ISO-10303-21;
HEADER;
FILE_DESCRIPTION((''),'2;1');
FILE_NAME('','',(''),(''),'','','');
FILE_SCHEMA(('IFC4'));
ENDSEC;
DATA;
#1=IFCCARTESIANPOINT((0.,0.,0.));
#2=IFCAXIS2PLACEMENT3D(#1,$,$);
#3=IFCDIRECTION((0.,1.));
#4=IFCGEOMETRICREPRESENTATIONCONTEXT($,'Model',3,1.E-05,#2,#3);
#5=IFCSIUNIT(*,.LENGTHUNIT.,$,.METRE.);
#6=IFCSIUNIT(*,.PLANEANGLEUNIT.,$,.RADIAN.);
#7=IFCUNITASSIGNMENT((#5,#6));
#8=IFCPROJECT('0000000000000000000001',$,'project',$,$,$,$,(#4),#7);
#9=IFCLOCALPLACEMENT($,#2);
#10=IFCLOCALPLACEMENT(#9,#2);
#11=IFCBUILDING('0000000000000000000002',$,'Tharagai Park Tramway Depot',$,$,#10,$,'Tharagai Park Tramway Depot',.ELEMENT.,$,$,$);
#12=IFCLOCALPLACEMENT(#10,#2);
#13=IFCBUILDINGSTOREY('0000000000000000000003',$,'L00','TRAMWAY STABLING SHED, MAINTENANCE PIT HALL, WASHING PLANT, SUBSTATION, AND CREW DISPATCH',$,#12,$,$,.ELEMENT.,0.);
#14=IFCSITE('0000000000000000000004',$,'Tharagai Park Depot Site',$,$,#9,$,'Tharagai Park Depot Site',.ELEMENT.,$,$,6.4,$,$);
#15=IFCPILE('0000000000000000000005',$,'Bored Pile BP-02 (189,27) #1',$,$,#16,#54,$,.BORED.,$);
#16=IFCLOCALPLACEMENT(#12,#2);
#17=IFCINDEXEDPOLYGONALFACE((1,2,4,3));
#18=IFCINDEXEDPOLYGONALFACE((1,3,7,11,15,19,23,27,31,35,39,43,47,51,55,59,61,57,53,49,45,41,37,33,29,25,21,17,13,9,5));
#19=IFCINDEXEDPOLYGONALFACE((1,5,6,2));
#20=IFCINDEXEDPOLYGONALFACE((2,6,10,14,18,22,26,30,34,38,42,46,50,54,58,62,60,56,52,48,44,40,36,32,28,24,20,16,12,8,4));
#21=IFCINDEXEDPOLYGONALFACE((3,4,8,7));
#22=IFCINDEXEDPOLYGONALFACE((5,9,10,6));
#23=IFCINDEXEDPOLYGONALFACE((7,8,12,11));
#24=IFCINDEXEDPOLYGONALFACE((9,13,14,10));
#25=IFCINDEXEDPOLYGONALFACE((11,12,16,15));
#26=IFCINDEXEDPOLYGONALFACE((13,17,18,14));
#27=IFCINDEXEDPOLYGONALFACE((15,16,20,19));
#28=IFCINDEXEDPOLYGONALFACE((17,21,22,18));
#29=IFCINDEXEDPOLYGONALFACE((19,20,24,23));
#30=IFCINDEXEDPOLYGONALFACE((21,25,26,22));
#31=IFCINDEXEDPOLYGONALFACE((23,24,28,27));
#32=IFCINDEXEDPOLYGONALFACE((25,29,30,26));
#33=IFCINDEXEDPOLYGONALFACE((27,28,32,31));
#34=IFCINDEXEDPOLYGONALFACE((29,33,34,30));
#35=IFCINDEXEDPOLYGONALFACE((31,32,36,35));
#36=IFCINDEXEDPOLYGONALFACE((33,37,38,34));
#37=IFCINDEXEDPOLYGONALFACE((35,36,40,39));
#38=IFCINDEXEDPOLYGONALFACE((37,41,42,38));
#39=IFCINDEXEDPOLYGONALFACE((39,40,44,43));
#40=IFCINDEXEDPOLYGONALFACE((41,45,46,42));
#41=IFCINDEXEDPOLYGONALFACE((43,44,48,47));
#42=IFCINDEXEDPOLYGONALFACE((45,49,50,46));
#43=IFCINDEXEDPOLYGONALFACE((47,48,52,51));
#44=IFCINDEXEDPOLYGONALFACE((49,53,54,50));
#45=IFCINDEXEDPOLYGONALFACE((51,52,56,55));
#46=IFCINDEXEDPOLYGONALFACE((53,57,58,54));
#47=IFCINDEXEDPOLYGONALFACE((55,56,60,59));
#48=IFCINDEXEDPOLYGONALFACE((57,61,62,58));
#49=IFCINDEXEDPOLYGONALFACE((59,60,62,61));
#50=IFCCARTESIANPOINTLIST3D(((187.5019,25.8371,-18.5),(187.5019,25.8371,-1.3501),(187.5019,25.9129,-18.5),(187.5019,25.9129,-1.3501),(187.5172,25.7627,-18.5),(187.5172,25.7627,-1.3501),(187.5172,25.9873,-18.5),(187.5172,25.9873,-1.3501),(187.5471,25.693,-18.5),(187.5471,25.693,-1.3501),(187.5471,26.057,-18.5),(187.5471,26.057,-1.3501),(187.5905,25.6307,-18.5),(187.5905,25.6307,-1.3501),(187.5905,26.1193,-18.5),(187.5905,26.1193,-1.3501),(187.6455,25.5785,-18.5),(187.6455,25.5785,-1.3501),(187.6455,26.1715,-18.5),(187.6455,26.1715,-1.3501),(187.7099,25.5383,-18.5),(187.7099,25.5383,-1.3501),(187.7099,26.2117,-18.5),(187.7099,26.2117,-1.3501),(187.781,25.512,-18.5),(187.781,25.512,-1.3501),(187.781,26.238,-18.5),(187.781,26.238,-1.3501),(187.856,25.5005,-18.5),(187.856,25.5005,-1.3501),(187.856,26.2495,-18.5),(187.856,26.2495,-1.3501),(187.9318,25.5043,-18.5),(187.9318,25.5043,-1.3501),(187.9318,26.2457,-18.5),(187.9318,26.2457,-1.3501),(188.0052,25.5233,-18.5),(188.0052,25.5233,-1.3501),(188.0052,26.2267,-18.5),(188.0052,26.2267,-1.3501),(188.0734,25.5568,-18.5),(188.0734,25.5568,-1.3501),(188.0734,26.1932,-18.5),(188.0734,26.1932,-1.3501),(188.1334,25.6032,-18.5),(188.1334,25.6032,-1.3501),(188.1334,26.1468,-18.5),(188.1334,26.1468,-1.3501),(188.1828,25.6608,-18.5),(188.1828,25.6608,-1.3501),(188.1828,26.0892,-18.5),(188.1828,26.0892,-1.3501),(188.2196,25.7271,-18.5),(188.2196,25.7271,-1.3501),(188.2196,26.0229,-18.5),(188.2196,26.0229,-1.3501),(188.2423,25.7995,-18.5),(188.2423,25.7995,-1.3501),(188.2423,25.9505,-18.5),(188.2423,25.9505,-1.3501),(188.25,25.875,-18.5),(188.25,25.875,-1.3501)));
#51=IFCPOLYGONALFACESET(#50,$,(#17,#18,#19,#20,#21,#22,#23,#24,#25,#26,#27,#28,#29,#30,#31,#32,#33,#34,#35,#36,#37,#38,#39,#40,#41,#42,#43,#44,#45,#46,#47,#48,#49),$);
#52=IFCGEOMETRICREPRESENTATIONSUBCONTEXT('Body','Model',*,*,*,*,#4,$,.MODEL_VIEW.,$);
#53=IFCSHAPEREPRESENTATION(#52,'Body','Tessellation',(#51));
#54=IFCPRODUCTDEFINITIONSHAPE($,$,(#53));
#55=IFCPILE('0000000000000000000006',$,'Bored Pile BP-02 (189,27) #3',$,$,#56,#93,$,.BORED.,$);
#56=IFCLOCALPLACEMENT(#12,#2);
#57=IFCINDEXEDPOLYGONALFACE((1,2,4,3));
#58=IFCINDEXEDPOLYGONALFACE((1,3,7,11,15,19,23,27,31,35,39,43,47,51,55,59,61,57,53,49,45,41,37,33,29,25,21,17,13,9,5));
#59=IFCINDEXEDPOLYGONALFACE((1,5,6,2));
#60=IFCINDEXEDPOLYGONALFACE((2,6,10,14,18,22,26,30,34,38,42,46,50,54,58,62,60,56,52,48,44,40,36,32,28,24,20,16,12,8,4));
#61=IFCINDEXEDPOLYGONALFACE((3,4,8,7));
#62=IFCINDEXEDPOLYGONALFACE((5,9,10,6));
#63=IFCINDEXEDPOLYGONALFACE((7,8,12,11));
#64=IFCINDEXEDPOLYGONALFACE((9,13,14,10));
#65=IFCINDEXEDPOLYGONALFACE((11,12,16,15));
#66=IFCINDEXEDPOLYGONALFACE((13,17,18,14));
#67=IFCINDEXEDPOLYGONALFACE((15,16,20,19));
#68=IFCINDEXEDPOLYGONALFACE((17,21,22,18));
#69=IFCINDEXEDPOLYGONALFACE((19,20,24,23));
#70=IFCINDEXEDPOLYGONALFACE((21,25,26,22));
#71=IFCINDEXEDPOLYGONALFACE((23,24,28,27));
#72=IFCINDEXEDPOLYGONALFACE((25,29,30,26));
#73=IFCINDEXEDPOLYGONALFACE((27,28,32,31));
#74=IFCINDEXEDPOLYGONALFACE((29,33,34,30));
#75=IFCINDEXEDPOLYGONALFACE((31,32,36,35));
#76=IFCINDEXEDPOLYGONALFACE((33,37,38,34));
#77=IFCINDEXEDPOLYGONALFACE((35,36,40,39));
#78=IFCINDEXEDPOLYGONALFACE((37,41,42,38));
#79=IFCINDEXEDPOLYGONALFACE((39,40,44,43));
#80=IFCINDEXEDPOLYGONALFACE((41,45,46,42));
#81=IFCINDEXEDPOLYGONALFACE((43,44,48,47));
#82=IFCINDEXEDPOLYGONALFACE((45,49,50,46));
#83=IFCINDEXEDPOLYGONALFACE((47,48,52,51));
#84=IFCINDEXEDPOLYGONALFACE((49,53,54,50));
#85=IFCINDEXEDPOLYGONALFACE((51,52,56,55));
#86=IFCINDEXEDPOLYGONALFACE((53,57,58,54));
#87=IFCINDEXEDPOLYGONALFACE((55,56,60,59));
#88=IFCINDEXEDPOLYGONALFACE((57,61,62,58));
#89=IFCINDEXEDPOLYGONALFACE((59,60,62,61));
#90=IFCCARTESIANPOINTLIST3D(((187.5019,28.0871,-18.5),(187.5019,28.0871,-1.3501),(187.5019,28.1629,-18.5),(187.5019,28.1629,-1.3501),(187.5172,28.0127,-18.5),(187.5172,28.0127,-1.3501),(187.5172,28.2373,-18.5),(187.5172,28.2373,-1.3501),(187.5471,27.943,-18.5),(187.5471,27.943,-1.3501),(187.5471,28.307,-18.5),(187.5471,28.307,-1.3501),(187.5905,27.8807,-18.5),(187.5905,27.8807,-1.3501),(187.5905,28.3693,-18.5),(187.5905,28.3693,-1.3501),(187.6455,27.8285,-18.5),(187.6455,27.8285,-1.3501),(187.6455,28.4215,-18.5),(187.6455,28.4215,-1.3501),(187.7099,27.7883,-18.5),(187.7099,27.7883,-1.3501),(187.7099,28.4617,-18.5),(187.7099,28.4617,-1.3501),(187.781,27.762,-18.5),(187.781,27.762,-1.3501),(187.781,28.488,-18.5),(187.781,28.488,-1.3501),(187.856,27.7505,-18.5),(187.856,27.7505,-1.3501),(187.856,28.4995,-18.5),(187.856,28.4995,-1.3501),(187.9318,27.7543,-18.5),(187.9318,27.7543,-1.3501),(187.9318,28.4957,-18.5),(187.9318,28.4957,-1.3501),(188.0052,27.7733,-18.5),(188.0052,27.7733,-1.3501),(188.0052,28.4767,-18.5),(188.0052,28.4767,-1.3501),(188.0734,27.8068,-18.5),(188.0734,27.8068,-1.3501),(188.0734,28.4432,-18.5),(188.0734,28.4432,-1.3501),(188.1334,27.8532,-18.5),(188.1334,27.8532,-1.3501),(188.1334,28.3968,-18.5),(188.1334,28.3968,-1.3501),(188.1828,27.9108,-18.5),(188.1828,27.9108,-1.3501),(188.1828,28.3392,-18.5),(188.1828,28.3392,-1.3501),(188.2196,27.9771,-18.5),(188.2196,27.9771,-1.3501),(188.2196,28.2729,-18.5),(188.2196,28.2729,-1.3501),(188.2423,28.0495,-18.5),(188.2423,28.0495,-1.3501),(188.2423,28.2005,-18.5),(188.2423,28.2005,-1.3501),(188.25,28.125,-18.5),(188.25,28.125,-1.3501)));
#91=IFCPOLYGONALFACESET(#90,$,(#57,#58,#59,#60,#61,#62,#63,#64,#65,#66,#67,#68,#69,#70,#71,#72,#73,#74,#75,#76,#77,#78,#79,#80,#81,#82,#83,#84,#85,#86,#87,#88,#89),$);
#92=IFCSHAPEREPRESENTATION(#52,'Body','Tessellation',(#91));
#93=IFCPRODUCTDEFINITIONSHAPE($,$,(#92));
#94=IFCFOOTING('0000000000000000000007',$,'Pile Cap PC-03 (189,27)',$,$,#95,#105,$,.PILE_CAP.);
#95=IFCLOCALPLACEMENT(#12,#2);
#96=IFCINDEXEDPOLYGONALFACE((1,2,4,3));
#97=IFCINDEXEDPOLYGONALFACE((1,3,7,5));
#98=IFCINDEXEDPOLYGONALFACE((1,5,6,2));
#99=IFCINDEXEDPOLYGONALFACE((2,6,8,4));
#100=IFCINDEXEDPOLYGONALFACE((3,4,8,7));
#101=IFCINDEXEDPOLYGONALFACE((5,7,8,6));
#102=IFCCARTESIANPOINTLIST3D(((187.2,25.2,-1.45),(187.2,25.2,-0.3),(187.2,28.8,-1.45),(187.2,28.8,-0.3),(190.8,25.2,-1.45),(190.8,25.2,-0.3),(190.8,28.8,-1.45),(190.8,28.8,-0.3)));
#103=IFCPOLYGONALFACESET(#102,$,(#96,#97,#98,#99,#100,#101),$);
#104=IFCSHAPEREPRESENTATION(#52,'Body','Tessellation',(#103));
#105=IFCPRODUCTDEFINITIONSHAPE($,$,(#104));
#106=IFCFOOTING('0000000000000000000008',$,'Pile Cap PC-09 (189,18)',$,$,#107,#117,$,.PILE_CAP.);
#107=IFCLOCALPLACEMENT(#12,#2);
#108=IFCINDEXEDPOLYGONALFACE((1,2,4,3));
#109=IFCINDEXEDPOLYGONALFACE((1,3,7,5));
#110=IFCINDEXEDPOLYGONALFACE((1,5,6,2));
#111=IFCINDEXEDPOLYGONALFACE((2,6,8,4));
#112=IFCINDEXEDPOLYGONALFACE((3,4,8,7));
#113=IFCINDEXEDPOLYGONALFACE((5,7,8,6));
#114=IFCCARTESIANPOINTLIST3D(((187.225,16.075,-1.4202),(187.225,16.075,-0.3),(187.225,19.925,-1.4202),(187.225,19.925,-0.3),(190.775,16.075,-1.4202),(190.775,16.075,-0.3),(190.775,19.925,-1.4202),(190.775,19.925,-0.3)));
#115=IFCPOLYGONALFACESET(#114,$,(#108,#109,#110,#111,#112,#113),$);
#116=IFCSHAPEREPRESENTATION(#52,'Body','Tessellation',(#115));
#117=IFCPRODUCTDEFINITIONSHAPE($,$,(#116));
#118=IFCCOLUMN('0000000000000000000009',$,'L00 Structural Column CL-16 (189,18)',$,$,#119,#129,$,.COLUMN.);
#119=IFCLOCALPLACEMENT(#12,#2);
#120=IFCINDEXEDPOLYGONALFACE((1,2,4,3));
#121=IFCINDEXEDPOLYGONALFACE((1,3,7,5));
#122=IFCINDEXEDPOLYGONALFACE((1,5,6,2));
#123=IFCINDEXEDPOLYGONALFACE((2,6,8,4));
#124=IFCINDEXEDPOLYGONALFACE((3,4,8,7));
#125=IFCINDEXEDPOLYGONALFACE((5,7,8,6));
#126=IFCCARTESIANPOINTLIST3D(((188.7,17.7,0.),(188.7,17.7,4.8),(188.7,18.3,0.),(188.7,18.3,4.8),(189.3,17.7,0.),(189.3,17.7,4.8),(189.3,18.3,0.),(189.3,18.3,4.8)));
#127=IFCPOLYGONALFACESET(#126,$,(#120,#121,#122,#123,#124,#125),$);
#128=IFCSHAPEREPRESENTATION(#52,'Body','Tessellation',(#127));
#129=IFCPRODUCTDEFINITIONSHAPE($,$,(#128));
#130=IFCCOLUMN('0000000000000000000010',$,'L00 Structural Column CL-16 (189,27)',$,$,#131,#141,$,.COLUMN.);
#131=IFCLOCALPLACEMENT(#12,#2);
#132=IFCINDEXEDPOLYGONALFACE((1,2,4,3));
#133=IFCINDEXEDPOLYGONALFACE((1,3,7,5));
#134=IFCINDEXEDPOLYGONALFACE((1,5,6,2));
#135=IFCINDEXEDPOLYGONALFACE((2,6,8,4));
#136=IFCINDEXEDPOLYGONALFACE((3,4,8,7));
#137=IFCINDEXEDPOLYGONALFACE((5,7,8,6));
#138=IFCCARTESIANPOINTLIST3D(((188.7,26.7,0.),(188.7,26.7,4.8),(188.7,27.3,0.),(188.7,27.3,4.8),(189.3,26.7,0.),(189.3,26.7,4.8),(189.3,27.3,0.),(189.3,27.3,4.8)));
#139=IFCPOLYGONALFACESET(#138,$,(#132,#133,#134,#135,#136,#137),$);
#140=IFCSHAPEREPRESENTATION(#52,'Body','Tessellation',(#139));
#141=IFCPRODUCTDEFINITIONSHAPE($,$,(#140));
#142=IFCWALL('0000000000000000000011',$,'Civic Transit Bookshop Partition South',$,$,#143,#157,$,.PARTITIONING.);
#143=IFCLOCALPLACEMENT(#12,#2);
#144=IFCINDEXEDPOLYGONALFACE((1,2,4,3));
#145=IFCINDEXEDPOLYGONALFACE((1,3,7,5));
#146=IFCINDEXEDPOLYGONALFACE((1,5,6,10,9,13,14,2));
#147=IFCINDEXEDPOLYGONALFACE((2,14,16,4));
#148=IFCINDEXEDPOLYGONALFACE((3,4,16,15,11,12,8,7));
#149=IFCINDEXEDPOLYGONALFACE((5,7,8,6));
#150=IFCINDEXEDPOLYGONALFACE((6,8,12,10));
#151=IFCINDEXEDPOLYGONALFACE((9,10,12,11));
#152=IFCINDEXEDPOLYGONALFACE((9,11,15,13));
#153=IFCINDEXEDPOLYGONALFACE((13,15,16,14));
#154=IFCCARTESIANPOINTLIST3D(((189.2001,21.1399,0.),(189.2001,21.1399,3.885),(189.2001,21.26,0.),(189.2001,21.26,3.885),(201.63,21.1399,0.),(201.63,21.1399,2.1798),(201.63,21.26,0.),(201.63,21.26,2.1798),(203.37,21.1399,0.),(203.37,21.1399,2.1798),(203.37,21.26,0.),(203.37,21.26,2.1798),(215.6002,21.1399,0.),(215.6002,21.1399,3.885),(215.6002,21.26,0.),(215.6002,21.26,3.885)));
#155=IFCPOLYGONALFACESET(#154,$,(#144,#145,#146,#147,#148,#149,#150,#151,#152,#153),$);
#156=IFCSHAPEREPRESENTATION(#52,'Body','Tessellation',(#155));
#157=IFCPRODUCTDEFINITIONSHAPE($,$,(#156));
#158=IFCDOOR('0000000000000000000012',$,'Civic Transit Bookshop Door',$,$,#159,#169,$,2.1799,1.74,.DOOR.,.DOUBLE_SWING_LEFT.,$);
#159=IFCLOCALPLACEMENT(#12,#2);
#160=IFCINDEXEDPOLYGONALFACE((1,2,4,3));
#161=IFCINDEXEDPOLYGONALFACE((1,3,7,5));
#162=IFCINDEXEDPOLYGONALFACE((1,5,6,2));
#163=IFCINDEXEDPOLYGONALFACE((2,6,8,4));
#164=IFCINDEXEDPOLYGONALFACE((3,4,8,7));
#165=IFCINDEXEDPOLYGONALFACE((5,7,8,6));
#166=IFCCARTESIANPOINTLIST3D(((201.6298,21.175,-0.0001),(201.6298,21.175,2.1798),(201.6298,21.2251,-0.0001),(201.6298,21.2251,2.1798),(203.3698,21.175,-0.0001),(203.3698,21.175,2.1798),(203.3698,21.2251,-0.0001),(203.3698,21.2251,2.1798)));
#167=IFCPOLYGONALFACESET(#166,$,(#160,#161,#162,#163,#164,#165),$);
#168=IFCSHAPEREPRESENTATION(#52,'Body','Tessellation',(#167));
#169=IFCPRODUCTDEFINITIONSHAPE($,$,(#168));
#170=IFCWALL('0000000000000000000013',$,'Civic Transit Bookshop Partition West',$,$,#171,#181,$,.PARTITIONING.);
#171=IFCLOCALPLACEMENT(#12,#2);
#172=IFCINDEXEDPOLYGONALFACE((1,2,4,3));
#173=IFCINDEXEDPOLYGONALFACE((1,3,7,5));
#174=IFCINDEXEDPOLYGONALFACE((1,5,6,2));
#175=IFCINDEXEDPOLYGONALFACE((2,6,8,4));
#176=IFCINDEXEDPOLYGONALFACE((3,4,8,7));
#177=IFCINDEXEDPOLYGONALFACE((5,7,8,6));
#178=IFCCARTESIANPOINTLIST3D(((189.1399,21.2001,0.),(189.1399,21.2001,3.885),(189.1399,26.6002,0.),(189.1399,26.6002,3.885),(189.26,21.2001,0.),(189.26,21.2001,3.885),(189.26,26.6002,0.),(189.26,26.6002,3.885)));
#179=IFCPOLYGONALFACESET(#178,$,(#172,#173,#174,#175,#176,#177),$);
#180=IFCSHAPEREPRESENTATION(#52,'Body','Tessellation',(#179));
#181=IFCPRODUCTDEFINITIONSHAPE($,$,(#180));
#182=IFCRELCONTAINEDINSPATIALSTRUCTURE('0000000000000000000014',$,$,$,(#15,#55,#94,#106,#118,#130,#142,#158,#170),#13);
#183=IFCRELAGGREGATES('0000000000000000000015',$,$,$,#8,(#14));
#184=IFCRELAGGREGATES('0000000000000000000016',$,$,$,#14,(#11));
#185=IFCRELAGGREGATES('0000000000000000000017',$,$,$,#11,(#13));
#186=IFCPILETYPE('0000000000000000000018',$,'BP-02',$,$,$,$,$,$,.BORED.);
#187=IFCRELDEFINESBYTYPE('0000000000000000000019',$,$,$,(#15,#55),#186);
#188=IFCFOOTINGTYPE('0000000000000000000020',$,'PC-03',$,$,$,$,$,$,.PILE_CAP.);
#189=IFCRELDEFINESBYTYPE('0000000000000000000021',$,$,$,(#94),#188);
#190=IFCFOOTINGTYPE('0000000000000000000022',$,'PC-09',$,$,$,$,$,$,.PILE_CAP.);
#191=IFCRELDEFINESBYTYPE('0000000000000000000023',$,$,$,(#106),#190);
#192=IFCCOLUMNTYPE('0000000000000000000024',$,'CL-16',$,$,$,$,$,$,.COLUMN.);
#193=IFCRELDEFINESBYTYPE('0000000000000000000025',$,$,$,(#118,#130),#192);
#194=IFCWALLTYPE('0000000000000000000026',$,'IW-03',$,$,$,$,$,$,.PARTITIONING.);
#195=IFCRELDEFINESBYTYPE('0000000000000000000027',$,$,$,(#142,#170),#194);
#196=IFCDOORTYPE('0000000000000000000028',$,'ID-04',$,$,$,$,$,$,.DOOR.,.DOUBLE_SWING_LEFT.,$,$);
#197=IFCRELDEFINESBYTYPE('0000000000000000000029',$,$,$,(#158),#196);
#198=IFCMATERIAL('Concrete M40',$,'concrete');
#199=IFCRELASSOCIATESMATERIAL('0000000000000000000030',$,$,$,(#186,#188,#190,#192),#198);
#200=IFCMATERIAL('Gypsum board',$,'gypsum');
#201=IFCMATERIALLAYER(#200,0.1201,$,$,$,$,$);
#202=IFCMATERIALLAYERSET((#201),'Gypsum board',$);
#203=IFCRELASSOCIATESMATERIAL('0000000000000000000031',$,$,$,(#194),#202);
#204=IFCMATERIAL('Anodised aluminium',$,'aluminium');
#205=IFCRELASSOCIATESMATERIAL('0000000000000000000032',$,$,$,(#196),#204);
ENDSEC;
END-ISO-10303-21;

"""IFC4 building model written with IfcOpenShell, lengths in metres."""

from ifc_helpers import new_model, si_unit, direction, frame, frame_2d, origin, origin_2d, place, context, subcontext, project, spatial, rectangle, circle, extrude, material, layer, layer_set, material_profile, profile_set, type_object, element, fill, save


model = new_model("IFC4")

# Units and contexts
model_context = context("Model", 3, precision=1e-05, world=origin(), true_north=direction((0.0, 1.0)))
body_context = subcontext(model_context, "Body", "Model", "MODEL_VIEW")
ifc_project = project(units=[si_unit("LENGTHUNIT", "METRE"), si_unit("PLANEANGLEUNIT", "RADIAN")], contexts=[model_context])

# Site, building, storey
site_placement = place(None, origin())
site = spatial("IfcSite", under=ifc_project, at=site_placement, Name="Tharagai Park Depot Site", LongName="Tharagai Park Depot Site", CompositionType="ELEMENT", RefElevation=6.4)
building_placement = place(site_placement, origin())
building = spatial("IfcBuilding", under=site, at=building_placement, Name="Tharagai Park Tramway Depot", LongName="Tharagai Park Tramway Depot", CompositionType="ELEMENT")
storey_placement = place(building_placement, origin())
storey = spatial("IfcBuildingStorey", under=building, at=storey_placement, Name="L00", Description="TRAMWAY STABLING SHED, MAINTENANCE PIT HALL, WASHING PLANT, SUBSTATION, AND CREW DISPATCH", CompositionType="ELEMENT", Elevation=0.0)

# Piles
ifc_material_1 = material(Name="Concrete M40", Category="concrete")
ifc_material_profile_1 = material_profile(ifc_material_1, circle(Radius=0.375, at=origin_2d()), Name="PILE D750")
ifc_profile_set_1 = profile_set([ifc_material_profile_1], Name="Concrete M40")
pile_type = type_object("IfcPileType", Name="BP-02", PredefinedType="BORED", material=ifc_profile_set_1)
for number, where, z_axis, x_axis, name in (
    (1, (187.875, 25.875, -1.3501), (0.0, 0.0, -1.0), (1.0, 0.0, 0.0), "Bored Pile BP-02 (189,27) #1"),
    (2, (187.875, 28.125, -1.3501), (0.0, 0.0, -1.0), (1.0, 0.0, 0.0), "Bored Pile BP-02 (189,27) #3"),
):
    element("IfcPile", number, at=place(storey_placement, frame(where, z_axis=z_axis, x_axis=x_axis)), inside=storey, type_object=pile_type, Name=name, PredefinedType="BORED", context=body_context, shape_type="SweptSolid", body=[
        extrude(circle(Radius=0.375, at=origin_2d()), origin(), (0.0, 0.0, 1.0), 17.1499),
    ])

# Footings
footing_type_1 = type_object("IfcFootingType", Name="PC-03", PredefinedType="PILE_CAP", material=ifc_material_1)
footing_1_placement = place(storey_placement, frame((189.0, 27.0, -1.45), z_axis=(0.0, 0.0, 1.0), x_axis=(1.0, 0.0, 0.0)))
element("IfcFooting", 3, at=footing_1_placement, inside=storey, type_object=footing_type_1, Name="Pile Cap PC-03 (189,27)", PredefinedType="PILE_CAP", context=body_context, shape_type="SweptSolid", body=[
    extrude(rectangle(XDim=3.6001, YDim=3.6001, at=origin_2d()), origin(), (0.0, 0.0, 1.0), 1.1499),
])
footing_type_2 = type_object("IfcFootingType", Name="PC-09", PredefinedType="PILE_CAP", material=ifc_material_1)
footing_2_placement = place(storey_placement, frame((189.0, 18.0, -1.4202), z_axis=(0.0, 0.0, 1.0), x_axis=(1.0, 0.0, 0.0)))
element("IfcFooting", 4, at=footing_2_placement, inside=storey, type_object=footing_type_2, Name="Pile Cap PC-09 (189,18)", PredefinedType="PILE_CAP", context=body_context, shape_type="SweptSolid", body=[
    extrude(rectangle(XDim=3.55, YDim=3.8501, at=origin_2d()), origin(), (0.0, 0.0, 1.0), 1.1201),
])

# Columns
ifc_material_profile_2 = material_profile(ifc_material_1, rectangle(XDim=0.6001, YDim=0.6001, at=origin_2d()), Name="RC 600x600")
ifc_profile_set_2 = profile_set([ifc_material_profile_2], Name="Concrete M40")
column_type = type_object("IfcColumnType", Name="CL-16", PredefinedType="COLUMN", material=ifc_profile_set_2)
for number, where, z_axis, x_axis, name in (
    (5, (189.0, 18.0, 0.0), (0.0, 0.0, 1.0), (1.0, 0.0, 0.0), "L00 Structural Column CL-16 (189,18)"),
    (6, (189.0, 27.0, 0.0), (0.0, 0.0, 1.0), (1.0, 0.0, 0.0), "L00 Structural Column CL-16 (189,27)"),
):
    element("IfcColumn", number, at=place(storey_placement, frame(where, z_axis=z_axis, x_axis=x_axis)), inside=storey, type_object=column_type, Name=name, PredefinedType="COLUMN", context=body_context, shape_type="SweptSolid", body=[
        extrude(rectangle(XDim=0.6001, YDim=0.6001, at=origin_2d()), origin(), (0.0, 0.0, 1.0), 4.8),
    ])

# Wall, opening, door
ifc_material_2 = material(Name="Gypsum board", Category="gypsum")
ifc_layer_1 = layer(ifc_material_2, 0.1201)
ifc_layer_set_1 = layer_set([ifc_layer_1], Name="Gypsum board")
wall_type_1 = type_object("IfcWallType", Name="IW-03", PredefinedType="PARTITIONING", material=ifc_layer_set_1)
wall_1_placement = place(storey_placement, frame((189.2, 21.2, 0.0), z_axis=(0.0, 0.0, 1.0), x_axis=(1.0, 0.0, 0.0)))
wall_1 = element("IfcWall", 7, at=wall_1_placement, inside=storey, type_object=wall_type_1, Name="Civic Transit Bookshop Partition South", PredefinedType="PARTITIONING", context=body_context, shape_type="SweptSolid", body=[
    extrude(rectangle(XDim=26.4001, YDim=0.1201, at=frame_2d((13.2002, 0.0))), origin(), (0.0, 0.0, 1.0), 3.885),
])
opening_placement = place(wall_1_placement, frame((12.4299, 0.0, 0.0)))
opening = element("IfcOpeningElement", 8, at=opening_placement, cuts=wall_1, PredefinedType="OPENING", context=body_context, shape_type="SweptSolid", body=[
    extrude(rectangle(XDim=1.74, YDim=2.1799, at=frame_2d((0.8701, 1.0898))), frame((0.0, 0.0701, 0.0), z_axis=(0.0, -1.0, 0.0), x_axis=(1.0, 0.0, 0.0)), (0.0, 0.0, 1.0), 0.1401),
])
ifc_material_3 = material(Name="Anodised aluminium", Category="aluminium")
door_type = type_object("IfcDoorType", Name="ID-04", OperationType="DOUBLE_SWING_LEFT", PredefinedType="DOOR", material=ifc_material_3)
door_placement = place(opening_placement, frame((1.74, 0.0, 0.0), z_axis=(0.0, 0.0, 1.0), x_axis=(-1.0, 0.0, 0.0)))
door = element("IfcDoor", 9, at=door_placement, inside=storey, type_object=door_type, Name="Civic Transit Bookshop Door", OperationType="DOUBLE_SWING_LEFT", OverallHeight=2.1799, OverallWidth=1.74, PredefinedType="DOOR", context=body_context, shape_type="SweptSolid", body=[
    extrude(rectangle(XDim=1.74, YDim=2.1799, at=frame_2d((0.8701, 1.0898))), frame((0.0, 0.0249, 0.0), z_axis=(0.0, -1.0, 0.0), x_axis=(1.0, 0.0, 0.0)), (0.0, 0.0, 1.0), 0.05),
])
fill(opening, door)

# Wall
wall_2_placement = place(storey_placement, frame((189.2, 21.2, 0.0), z_axis=(0.0, 0.0, 1.0), x_axis=(0.0, 1.0, 0.0)))
element("IfcWall", 10, at=wall_2_placement, inside=storey, type_object=wall_type_1, Name="Civic Transit Bookshop Partition West", PredefinedType="PARTITIONING", context=body_context, shape_type="SweptSolid", body=[
    extrude(rectangle(XDim=5.4001, YDim=0.1201, at=frame_2d((2.7002, 0.0))), origin(), (0.0, 0.0, 1.0), 3.885),
])

save(model, "model.ifc")
